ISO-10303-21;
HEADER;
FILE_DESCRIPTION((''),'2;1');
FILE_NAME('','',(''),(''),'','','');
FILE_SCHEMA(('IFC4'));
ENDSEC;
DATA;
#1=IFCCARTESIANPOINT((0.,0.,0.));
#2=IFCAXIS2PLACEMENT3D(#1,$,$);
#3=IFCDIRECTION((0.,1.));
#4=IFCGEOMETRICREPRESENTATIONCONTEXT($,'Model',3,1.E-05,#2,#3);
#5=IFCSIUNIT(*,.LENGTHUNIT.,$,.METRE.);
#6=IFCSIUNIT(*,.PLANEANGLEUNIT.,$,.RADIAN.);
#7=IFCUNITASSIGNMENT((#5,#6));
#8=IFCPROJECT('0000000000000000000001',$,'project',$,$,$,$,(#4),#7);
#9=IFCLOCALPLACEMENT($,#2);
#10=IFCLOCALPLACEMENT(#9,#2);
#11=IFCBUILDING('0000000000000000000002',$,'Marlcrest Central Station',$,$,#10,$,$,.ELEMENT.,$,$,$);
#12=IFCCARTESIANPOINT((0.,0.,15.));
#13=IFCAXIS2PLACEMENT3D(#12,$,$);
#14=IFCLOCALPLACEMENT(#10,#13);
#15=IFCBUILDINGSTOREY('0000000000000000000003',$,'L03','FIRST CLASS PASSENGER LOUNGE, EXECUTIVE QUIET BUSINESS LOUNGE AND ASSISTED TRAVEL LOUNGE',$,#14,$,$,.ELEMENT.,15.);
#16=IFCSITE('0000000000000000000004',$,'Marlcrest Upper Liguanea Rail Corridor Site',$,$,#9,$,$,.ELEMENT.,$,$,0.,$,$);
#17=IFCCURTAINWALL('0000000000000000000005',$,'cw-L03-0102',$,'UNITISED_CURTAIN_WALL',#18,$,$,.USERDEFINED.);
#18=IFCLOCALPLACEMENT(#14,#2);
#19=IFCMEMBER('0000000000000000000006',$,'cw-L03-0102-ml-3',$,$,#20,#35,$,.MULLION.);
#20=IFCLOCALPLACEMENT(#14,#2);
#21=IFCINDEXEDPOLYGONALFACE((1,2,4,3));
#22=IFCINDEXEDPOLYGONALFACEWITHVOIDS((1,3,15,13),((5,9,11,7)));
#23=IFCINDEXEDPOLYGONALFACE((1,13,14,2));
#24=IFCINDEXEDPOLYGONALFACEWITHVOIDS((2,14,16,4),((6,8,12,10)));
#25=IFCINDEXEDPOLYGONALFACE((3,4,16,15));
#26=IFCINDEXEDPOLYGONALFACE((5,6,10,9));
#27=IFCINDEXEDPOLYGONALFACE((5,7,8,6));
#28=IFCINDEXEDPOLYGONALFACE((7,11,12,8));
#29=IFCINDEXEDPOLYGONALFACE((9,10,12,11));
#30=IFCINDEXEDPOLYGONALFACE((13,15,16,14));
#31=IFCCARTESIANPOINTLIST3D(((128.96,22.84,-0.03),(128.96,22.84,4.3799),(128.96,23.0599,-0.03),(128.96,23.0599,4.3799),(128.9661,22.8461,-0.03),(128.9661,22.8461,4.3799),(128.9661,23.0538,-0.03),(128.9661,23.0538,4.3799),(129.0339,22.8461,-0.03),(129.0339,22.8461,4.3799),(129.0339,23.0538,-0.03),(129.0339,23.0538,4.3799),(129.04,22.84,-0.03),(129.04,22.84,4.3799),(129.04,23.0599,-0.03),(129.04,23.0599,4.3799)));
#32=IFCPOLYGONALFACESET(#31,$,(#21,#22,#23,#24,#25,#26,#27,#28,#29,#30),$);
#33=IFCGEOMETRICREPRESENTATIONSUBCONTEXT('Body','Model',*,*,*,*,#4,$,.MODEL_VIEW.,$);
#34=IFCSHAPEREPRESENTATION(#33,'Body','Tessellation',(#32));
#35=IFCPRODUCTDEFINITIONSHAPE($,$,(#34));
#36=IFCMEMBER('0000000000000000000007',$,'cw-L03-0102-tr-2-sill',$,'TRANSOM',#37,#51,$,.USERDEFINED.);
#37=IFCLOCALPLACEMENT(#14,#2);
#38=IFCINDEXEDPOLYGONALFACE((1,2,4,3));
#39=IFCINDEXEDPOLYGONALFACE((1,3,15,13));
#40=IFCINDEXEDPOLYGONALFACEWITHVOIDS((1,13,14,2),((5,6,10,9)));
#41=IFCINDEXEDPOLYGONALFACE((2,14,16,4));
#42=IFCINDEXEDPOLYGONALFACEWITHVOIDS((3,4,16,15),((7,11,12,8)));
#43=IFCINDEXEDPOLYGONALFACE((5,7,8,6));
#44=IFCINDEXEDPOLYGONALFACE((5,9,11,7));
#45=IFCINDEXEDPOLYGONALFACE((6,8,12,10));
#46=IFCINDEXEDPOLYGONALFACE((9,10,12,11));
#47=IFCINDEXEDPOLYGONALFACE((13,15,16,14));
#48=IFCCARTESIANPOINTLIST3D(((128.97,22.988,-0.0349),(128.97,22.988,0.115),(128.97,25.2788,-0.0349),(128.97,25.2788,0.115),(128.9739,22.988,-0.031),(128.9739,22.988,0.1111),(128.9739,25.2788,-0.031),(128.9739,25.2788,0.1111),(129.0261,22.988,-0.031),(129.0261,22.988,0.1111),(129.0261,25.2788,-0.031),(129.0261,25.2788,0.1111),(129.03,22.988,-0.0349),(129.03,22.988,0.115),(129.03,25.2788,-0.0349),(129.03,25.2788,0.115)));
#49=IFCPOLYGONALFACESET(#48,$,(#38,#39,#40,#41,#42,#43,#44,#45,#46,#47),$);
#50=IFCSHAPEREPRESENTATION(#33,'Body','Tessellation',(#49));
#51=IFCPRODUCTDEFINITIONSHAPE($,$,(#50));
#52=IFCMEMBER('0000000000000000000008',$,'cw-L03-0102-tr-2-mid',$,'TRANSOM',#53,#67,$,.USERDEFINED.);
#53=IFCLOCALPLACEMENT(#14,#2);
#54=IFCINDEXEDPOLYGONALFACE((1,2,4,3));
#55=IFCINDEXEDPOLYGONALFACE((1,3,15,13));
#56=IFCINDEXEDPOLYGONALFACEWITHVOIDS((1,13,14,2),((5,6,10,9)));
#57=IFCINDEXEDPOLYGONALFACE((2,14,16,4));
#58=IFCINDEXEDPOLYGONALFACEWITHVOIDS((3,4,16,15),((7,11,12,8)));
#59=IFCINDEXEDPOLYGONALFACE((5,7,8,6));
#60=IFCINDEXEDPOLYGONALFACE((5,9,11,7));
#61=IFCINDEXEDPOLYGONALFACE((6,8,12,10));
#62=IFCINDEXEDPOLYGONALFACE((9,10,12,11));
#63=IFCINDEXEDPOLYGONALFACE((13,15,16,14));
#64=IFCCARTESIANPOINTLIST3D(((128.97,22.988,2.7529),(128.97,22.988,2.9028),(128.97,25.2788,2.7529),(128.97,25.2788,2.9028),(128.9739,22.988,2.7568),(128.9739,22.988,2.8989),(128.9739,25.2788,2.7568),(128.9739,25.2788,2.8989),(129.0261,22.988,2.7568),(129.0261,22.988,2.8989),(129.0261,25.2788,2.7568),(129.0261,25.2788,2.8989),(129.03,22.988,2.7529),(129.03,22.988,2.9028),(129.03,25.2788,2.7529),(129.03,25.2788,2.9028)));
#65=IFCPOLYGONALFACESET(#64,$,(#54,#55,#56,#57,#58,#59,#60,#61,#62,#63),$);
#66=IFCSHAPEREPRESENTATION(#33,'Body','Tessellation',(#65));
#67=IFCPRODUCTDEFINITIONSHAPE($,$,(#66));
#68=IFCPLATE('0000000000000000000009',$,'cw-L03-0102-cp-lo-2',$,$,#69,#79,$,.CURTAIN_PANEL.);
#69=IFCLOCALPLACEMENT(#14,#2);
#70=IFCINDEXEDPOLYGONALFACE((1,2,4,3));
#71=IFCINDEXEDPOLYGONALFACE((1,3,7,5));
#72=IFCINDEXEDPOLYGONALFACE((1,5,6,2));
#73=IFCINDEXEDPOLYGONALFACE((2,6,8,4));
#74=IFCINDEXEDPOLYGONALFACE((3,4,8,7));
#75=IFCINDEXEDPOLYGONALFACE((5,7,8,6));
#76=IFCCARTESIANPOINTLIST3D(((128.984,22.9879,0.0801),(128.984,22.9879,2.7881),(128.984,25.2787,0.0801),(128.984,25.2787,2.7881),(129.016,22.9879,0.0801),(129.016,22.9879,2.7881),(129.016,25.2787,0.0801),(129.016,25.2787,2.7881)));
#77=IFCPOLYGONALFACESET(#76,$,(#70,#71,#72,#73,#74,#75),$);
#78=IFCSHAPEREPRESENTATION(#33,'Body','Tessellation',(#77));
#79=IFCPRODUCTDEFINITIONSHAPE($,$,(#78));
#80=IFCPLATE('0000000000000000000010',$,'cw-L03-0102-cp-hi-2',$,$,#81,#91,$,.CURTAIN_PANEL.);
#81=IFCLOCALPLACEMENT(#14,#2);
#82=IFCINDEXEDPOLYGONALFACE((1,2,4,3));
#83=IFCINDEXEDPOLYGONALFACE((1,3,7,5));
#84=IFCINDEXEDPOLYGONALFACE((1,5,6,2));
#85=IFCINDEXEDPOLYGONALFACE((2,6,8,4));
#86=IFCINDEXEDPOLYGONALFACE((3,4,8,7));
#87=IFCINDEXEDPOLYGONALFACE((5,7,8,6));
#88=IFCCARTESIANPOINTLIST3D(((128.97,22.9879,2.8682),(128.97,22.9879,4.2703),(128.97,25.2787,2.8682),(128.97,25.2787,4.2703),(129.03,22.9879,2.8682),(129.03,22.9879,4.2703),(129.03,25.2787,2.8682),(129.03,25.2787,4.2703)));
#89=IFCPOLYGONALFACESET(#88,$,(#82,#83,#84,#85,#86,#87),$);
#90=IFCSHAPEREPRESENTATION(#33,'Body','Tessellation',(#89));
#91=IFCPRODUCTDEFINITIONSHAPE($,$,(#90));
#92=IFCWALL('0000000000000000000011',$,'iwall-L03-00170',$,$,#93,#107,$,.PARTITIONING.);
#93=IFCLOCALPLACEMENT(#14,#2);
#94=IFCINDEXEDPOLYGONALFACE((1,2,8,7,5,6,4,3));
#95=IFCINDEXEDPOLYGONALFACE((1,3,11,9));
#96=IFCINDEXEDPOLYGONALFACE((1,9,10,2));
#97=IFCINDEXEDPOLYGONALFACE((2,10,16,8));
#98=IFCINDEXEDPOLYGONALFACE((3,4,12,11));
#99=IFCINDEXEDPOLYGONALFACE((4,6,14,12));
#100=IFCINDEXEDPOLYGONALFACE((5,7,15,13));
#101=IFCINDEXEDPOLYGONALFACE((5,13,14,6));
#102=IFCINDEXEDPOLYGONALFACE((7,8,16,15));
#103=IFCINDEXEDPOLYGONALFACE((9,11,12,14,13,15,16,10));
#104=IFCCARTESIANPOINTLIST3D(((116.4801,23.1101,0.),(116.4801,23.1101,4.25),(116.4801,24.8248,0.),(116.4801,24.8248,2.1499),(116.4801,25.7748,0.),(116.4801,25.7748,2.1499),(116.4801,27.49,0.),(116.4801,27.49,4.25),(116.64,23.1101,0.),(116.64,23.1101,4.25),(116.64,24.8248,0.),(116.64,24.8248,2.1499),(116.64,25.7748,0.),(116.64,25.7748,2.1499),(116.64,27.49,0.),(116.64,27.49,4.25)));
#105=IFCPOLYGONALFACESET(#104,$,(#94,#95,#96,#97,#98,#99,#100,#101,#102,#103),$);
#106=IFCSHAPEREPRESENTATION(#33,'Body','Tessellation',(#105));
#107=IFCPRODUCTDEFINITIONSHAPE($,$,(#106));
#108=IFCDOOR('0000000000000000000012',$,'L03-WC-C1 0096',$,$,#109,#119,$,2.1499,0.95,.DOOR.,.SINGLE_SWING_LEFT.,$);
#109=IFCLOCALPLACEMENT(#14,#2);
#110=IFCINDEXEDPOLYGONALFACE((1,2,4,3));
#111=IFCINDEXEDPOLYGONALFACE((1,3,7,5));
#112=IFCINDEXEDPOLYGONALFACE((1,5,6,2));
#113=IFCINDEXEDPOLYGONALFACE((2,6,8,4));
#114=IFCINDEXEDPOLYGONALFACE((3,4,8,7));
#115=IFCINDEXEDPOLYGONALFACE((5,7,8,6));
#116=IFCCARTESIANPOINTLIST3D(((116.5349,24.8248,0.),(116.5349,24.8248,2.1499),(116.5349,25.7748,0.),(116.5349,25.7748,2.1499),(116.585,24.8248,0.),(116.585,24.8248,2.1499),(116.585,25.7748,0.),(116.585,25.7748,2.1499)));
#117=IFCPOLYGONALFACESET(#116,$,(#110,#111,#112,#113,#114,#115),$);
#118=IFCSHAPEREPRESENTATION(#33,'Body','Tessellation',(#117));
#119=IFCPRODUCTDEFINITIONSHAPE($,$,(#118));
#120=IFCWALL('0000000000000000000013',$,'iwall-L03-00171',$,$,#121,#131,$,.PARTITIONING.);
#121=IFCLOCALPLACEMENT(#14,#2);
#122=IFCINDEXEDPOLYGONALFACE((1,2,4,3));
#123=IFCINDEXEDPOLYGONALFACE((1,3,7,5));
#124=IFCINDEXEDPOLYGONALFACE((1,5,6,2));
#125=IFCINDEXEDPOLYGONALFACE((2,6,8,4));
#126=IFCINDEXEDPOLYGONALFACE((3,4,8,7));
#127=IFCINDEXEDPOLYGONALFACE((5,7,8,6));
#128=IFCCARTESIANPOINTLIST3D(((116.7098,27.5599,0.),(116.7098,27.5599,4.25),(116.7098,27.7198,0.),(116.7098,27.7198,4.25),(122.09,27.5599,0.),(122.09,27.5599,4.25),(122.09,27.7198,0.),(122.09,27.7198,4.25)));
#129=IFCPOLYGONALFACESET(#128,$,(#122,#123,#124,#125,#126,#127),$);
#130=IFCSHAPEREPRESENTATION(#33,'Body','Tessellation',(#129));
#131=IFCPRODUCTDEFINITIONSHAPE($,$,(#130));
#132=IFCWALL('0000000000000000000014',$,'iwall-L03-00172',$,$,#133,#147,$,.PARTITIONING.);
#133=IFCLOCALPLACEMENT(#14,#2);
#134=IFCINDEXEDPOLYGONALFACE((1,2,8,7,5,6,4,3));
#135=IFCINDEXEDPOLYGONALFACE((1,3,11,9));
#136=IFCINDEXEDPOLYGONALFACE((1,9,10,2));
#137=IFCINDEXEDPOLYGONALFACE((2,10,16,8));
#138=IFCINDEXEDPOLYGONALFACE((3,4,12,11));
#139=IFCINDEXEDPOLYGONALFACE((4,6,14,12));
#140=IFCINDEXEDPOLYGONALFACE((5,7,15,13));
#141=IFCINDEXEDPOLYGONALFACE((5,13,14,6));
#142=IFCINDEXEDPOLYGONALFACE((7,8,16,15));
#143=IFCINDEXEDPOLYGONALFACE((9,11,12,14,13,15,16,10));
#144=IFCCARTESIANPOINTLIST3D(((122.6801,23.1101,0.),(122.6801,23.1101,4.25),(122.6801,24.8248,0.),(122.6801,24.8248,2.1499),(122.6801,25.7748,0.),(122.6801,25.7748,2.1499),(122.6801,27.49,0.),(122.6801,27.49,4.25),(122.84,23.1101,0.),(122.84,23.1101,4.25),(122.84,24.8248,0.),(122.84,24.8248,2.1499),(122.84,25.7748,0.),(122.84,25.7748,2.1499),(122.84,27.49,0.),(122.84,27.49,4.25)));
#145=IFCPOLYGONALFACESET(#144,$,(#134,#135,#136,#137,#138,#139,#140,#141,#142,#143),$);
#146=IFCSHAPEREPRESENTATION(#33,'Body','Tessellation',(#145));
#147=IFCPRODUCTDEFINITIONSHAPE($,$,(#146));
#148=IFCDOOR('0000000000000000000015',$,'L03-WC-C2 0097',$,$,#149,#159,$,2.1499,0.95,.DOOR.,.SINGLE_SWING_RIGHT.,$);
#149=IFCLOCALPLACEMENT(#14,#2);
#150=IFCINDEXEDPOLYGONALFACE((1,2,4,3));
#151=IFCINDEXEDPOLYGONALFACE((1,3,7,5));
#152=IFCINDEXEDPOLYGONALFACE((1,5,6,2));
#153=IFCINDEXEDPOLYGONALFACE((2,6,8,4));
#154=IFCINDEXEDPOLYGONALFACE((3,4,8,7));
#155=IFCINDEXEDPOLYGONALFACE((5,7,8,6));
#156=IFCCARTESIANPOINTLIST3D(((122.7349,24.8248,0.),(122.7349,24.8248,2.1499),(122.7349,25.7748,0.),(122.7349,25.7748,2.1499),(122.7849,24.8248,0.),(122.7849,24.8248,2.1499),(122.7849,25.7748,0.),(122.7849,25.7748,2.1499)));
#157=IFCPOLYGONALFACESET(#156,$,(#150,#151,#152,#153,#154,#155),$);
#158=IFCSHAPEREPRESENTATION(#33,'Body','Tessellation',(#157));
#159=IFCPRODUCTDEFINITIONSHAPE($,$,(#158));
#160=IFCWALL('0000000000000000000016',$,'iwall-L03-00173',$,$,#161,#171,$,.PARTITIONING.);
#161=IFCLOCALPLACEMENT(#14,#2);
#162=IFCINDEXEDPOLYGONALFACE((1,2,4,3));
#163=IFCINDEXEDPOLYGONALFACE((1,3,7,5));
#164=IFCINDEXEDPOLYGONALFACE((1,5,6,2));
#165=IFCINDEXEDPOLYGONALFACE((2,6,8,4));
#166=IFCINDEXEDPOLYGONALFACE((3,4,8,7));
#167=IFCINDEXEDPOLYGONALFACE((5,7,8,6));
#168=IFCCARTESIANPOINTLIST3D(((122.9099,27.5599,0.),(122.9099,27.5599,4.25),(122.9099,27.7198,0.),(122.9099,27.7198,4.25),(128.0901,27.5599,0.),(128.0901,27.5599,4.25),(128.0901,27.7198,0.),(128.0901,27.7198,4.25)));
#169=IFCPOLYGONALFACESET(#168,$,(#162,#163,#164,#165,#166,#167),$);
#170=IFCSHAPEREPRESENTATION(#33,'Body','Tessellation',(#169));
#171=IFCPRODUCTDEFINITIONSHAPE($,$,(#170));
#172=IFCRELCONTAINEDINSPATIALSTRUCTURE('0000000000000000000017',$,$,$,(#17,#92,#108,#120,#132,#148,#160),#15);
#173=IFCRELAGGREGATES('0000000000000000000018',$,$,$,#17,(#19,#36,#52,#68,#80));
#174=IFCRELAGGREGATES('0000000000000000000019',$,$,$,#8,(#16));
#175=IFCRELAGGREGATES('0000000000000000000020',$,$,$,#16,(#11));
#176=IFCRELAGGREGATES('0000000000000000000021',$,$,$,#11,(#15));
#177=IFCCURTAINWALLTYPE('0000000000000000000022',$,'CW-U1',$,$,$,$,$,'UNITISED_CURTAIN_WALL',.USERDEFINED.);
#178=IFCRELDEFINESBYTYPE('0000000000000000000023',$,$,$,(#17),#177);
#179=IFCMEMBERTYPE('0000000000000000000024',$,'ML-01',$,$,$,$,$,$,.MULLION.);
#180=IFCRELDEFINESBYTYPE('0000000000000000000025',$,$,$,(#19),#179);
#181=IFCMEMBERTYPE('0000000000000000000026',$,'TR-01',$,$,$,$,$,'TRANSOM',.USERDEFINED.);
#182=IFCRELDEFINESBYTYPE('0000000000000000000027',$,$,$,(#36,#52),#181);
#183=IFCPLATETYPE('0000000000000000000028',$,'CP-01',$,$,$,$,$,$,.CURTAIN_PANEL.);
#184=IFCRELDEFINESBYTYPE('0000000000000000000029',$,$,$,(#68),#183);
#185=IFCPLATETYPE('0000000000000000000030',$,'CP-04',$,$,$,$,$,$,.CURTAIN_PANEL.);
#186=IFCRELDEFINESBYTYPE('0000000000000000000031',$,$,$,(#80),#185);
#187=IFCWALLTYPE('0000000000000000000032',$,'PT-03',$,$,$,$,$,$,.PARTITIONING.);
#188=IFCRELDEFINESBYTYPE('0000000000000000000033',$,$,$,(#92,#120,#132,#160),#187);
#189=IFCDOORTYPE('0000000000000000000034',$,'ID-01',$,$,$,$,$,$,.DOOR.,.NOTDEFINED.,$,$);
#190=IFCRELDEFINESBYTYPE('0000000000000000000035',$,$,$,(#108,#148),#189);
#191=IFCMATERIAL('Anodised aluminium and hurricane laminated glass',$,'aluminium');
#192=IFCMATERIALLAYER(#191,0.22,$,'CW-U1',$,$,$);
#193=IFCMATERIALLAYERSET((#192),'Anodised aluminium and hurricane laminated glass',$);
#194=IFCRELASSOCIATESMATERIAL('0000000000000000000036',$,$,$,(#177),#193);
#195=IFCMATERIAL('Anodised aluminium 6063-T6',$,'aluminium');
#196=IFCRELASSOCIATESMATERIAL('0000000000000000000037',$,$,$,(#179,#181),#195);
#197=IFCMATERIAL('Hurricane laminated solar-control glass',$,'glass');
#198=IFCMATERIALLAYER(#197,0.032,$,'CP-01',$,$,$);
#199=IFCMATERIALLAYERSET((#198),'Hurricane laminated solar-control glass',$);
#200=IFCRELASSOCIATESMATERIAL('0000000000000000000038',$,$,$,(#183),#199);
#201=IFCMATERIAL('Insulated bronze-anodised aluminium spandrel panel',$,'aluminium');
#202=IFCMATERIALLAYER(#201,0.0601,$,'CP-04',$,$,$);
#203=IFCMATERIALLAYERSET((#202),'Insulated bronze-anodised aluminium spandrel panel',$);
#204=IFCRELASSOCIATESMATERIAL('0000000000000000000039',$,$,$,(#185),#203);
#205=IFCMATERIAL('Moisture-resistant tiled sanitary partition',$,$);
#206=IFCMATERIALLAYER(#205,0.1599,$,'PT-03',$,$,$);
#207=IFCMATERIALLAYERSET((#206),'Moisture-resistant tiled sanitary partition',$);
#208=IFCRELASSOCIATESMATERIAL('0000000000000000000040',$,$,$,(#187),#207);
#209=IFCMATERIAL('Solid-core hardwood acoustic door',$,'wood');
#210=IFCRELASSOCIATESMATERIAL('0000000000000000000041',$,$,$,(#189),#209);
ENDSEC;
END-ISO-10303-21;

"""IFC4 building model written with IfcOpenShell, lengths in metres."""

from ifc_helpers import new_model, si_unit, direction, frame, frame_2d, origin, origin_2d, place, context, subcontext, project, spatial, rectangle, hollow_rectangle, extrude, material, layer, layer_set, material_profile, profile_set, type_object, element, fill, aggregate, save


model = new_model("IFC4")

# Units and contexts
model_context = context("Model", 3, precision=1e-05, world=origin(), true_north=direction((0.0, 1.0)))
body_context = subcontext(model_context, "Body", "Model", "MODEL_VIEW")
ifc_project = project(units=[si_unit("LENGTHUNIT", "METRE"), si_unit("PLANEANGLEUNIT", "RADIAN")], contexts=[model_context])

# Site, building, storey
site_placement = place(None, origin())
site = spatial("IfcSite", under=ifc_project, at=site_placement, Name="Marlcrest Upper Liguanea Rail Corridor Site", CompositionType="ELEMENT", RefElevation=0.0)
building_placement = place(site_placement, origin())
building = spatial("IfcBuilding", under=site, at=building_placement, Name="Marlcrest Central Station", CompositionType="ELEMENT")
storey_placement = place(building_placement, frame((0.0, 0.0, 15.0)))
storey = spatial("IfcBuildingStorey", under=building, at=storey_placement, Name="L03", Description="FIRST CLASS PASSENGER LOUNGE, EXECUTIVE QUIET BUSINESS LOUNGE AND ASSISTED TRAVEL LOUNGE", CompositionType="ELEMENT", Elevation=15.0)

# Curtain wall, members, plates
ifc_material_1 = material(Name="Anodised aluminium and hurricane laminated glass", Category="aluminium")
ifc_layer_1 = layer(ifc_material_1, 0.22, Name="CW-U1")
ifc_layer_set_1 = layer_set([ifc_layer_1], Name="Anodised aluminium and hurricane laminated glass")
curtain_wall_type = type_object("IfcCurtainWallType", Name="CW-U1", ElementType="UNITISED_CURTAIN_WALL", PredefinedType="USERDEFINED", material=ifc_layer_set_1)
curtain_wall_placement = place(storey_placement, origin())
curtain_wall = element("IfcCurtainWall", 1, at=curtain_wall_placement, inside=storey, type_object=curtain_wall_type, Name="cw-L03-0102", ObjectType="UNITISED_CURTAIN_WALL", PredefinedType="USERDEFINED")
ifc_material_2 = material(Name="Anodised aluminium 6063-T6", Category="aluminium")
ifc_material_profile_1 = material_profile(ifc_material_2, hollow_rectangle(XDim=0.0801, YDim=0.22, WallThickness=0.0061, at=origin_2d()), Name="AA-RHS 220x80x6")
ifc_profile_set_1 = profile_set([ifc_material_profile_1], Name="Anodised aluminium 6063-T6")
member_type_1 = type_object("IfcMemberType", Name="ML-01", PredefinedType="MULLION", material=ifc_profile_set_1)
member_1_placement = place(storey_placement, frame((129.0, 22.95, -0.03), z_axis=(0.0, 0.0, 1.0), x_axis=(1.0, 0.0, 0.0)))
member_1 = element("IfcMember", 2, at=member_1_placement, type_object=member_type_1, Name="cw-L03-0102-ml-3", PredefinedType="MULLION", context=body_context, shape_type="SweptSolid", body=[
    extrude(hollow_rectangle(XDim=0.0801, YDim=0.22, WallThickness=0.0061, at=origin_2d()), origin(), (0.0, 0.0, 1.0), 4.4099),
])
ifc_material_profile_2 = material_profile(ifc_material_2, hollow_rectangle(XDim=0.0601, YDim=0.1499, WallThickness=0.0039, at=origin_2d()), Name="AA-RHS 150x60x4")
ifc_profile_set_2 = profile_set([ifc_material_profile_2], Name="Anodised aluminium 6063-T6")
member_type_2 = type_object("IfcMemberType", Name="TR-01", ElementType="TRANSOM", PredefinedType="USERDEFINED", material=ifc_profile_set_2)
member_2_placement = place(storey_placement, frame((129.0, 25.2788, 0.04), z_axis=(0.0, -1.0, 0.0), x_axis=(1.0, 0.0, 0.0)))
member_2 = element("IfcMember", 3, at=member_2_placement, type_object=member_type_2, Name="cw-L03-0102-tr-2-sill", ObjectType="TRANSOM", PredefinedType="USERDEFINED", context=body_context, shape_type="SweptSolid", body=[
    extrude(hollow_rectangle(XDim=0.0601, YDim=0.1499, WallThickness=0.0039, at=origin_2d()), origin(), (0.0, 0.0, 1.0), 2.2908),
])
member_3_placement = place(storey_placement, frame((129.0, 25.2788, 2.8279), z_axis=(0.0, -1.0, 0.0), x_axis=(1.0, 0.0, 0.0)))
member_3 = element("IfcMember", 4, at=member_3_placement, type_object=member_type_2, Name="cw-L03-0102-tr-2-mid", ObjectType="TRANSOM", PredefinedType="USERDEFINED", context=body_context, shape_type="SweptSolid", body=[
    extrude(hollow_rectangle(XDim=0.0601, YDim=0.1499, WallThickness=0.0039, at=origin_2d()), origin(), (0.0, 0.0, 1.0), 2.2908),
])
ifc_material_3 = material(Name="Hurricane laminated solar-control glass", Category="glass")
ifc_layer_2 = layer(ifc_material_3, 0.032, Name="CP-01")
ifc_layer_set_2 = layer_set([ifc_layer_2], Name="Hurricane laminated solar-control glass")
plate_type_1 = type_object("IfcPlateType", Name="CP-01", PredefinedType="CURTAIN_PANEL", material=ifc_layer_set_2)
plate_1_placement = place(storey_placement, frame((129.0, 24.1333, 0.0801), z_axis=(0.0, 0.0, 1.0), x_axis=(0.0, -1.0, 0.0)))
plate_1 = element("IfcPlate", 5, at=plate_1_placement, type_object=plate_type_1, Name="cw-L03-0102-cp-lo-2", PredefinedType="CURTAIN_PANEL", context=body_context, shape_type="SweptSolid", body=[
    extrude(rectangle(XDim=2.2908, YDim=0.032, at=origin_2d()), origin(), (0.0, 0.0, 1.0), 2.708),
])
ifc_material_4 = material(Name="Insulated bronze-anodised aluminium spandrel panel", Category="aluminium")
ifc_layer_3 = layer(ifc_material_4, 0.0601, Name="CP-04")
ifc_layer_set_3 = layer_set([ifc_layer_3], Name="Insulated bronze-anodised aluminium spandrel panel")
plate_type_2 = type_object("IfcPlateType", Name="CP-04", PredefinedType="CURTAIN_PANEL", material=ifc_layer_set_3)
plate_2_placement = place(storey_placement, frame((129.0, 24.1333, 2.8682), z_axis=(0.0, 0.0, 1.0), x_axis=(0.0, -1.0, 0.0)))
plate_2 = element("IfcPlate", 6, at=plate_2_placement, type_object=plate_type_2, Name="cw-L03-0102-cp-hi-2", PredefinedType="CURTAIN_PANEL", context=body_context, shape_type="SweptSolid", body=[
    extrude(rectangle(XDim=2.2908, YDim=0.0601, at=origin_2d()), origin(), (0.0, 0.0, 1.0), 1.4021),
])
aggregate(curtain_wall, [member_1, member_2, member_3, plate_1, plate_2])

# Wall, opening, door
ifc_material_5 = material(Name="Moisture-resistant tiled sanitary partition")
ifc_layer_4 = layer(ifc_material_5, 0.1599, Name="PT-03")
ifc_layer_set_4 = layer_set([ifc_layer_4], Name="Moisture-resistant tiled sanitary partition")
wall_type = type_object("IfcWallType", Name="PT-03", PredefinedType="PARTITIONING", material=ifc_layer_set_4)
wall_1_placement = place(storey_placement, frame((116.5601, 27.49, 0.0), z_axis=(0.0, 0.0, 1.0), x_axis=(0.0, -1.0, 0.0)))
wall_1 = element("IfcWall", 7, at=wall_1_placement, inside=storey, type_object=wall_type, Name="iwall-L03-00170", PredefinedType="PARTITIONING", context=body_context, shape_type="SweptSolid", body=[
    extrude(rectangle(XDim=4.3799, YDim=0.1599, at=frame_2d((2.1899, 0.0))), origin(), (0.0, 0.0, 1.0), 4.25),
])
opening_1_placement = place(wall_1_placement, frame((1.7151, 0.0, 0.0)))
opening_1 = element("IfcOpeningElement", 8, at=opening_1_placement, cuts=wall_1, PredefinedType="OPENING", context=body_context, shape_type="SweptSolid", body=[
    extrude(rectangle(XDim=0.95, YDim=2.1499, at=frame_2d((0.4751, 1.075))), frame((0.0, 0.0898, 0.0), z_axis=(0.0, -1.0, 0.0), x_axis=(1.0, 0.0, 0.0)), (0.0, 0.0, 1.0), 0.1799),
])
ifc_material_6 = material(Name="Solid-core hardwood acoustic door", Category="wood")
door_type_1 = type_object("IfcDoorType", Name="ID-01", OperationType="NOTDEFINED", PredefinedType="DOOR", material=ifc_material_6)
door_1_placement = place(opening_1_placement, origin())
door_1 = element("IfcDoor", 9, at=door_1_placement, inside=storey, type_object=door_type_1, Name="L03-WC-C1 0096", OperationType="SINGLE_SWING_LEFT", OverallHeight=2.1499, OverallWidth=0.95, PredefinedType="DOOR", context=body_context, shape_type="SweptSolid", body=[
    extrude(rectangle(XDim=0.95, YDim=2.1499, at=frame_2d((0.4751, 1.075))), frame((0.0, 0.0249, 0.0), z_axis=(0.0, -1.0, 0.0), x_axis=(1.0, 0.0, 0.0)), (0.0, 0.0, 1.0), 0.05),
])
fill(opening_1, door_1)

# Wall
wall_2_placement = place(storey_placement, frame((116.71, 27.6399, 0.0), z_axis=(0.0, 0.0, 1.0), x_axis=(1.0, 0.0, 0.0)))
element("IfcWall", 10, at=wall_2_placement, inside=storey, type_object=wall_type, Name="iwall-L03-00171", PredefinedType="PARTITIONING", context=body_context, shape_type="SweptSolid", body=[
    extrude(rectangle(XDim=5.3801, YDim=0.1599, at=frame_2d((2.6899, 0.0))), origin(), (0.0, 0.0, 1.0), 4.25),
])

# Wall, opening, door
wall_3_placement = place(storey_placement, frame((122.76, 27.49, 0.0), z_axis=(0.0, 0.0, 1.0), x_axis=(0.0, -1.0, 0.0)))
wall_3 = element("IfcWall", 11, at=wall_3_placement, inside=storey, type_object=wall_type, Name="iwall-L03-00172", PredefinedType="PARTITIONING", context=body_context, shape_type="SweptSolid", body=[
    extrude(rectangle(XDim=4.3799, YDim=0.1599, at=frame_2d((2.1899, 0.0))), origin(), (0.0, 0.0, 1.0), 4.25),
])
opening_2_placement = place(wall_3_placement, frame((1.7151, 0.0, 0.0)))
opening_2 = element("IfcOpeningElement", 12, at=opening_2_placement, cuts=wall_3, PredefinedType="OPENING", context=body_context, shape_type="SweptSolid", body=[
    extrude(rectangle(XDim=0.95, YDim=2.1499, at=frame_2d((0.4751, 1.075))), frame((0.0, 0.0898, 0.0), z_axis=(0.0, -1.0, 0.0), x_axis=(1.0, 0.0, 0.0)), (0.0, 0.0, 1.0), 0.1799),
])
door_2_placement = place(opening_2_placement, origin())
door_2 = element("IfcDoor", 13, at=door_2_placement, inside=storey, type_object=door_type_1, Name="L03-WC-C2 0097", OperationType="SINGLE_SWING_RIGHT", OverallHeight=2.1499, OverallWidth=0.95, PredefinedType="DOOR", context=body_context, shape_type="SweptSolid", body=[
    extrude(rectangle(XDim=0.95, YDim=2.1499, at=frame_2d((0.4751, 1.075))), frame((0.0, 0.0249, 0.0), z_axis=(0.0, -1.0, 0.0), x_axis=(1.0, 0.0, 0.0)), (0.0, 0.0, 1.0), 0.05),
])
fill(opening_2, door_2)

# Wall
wall_4_placement = place(storey_placement, frame((122.9099, 27.6399, 0.0), z_axis=(0.0, 0.0, 1.0), x_axis=(1.0, 0.0, 0.0)))
element("IfcWall", 14, at=wall_4_placement, inside=storey, type_object=wall_type, Name="iwall-L03-00173", PredefinedType="PARTITIONING", context=body_context, shape_type="SweptSolid", body=[
    extrude(rectangle(XDim=5.1802, YDim=0.1599, at=frame_2d((2.5901, 0.0))), origin(), (0.0, 0.0, 1.0), 4.25),
])

save(model, "model.ifc")
